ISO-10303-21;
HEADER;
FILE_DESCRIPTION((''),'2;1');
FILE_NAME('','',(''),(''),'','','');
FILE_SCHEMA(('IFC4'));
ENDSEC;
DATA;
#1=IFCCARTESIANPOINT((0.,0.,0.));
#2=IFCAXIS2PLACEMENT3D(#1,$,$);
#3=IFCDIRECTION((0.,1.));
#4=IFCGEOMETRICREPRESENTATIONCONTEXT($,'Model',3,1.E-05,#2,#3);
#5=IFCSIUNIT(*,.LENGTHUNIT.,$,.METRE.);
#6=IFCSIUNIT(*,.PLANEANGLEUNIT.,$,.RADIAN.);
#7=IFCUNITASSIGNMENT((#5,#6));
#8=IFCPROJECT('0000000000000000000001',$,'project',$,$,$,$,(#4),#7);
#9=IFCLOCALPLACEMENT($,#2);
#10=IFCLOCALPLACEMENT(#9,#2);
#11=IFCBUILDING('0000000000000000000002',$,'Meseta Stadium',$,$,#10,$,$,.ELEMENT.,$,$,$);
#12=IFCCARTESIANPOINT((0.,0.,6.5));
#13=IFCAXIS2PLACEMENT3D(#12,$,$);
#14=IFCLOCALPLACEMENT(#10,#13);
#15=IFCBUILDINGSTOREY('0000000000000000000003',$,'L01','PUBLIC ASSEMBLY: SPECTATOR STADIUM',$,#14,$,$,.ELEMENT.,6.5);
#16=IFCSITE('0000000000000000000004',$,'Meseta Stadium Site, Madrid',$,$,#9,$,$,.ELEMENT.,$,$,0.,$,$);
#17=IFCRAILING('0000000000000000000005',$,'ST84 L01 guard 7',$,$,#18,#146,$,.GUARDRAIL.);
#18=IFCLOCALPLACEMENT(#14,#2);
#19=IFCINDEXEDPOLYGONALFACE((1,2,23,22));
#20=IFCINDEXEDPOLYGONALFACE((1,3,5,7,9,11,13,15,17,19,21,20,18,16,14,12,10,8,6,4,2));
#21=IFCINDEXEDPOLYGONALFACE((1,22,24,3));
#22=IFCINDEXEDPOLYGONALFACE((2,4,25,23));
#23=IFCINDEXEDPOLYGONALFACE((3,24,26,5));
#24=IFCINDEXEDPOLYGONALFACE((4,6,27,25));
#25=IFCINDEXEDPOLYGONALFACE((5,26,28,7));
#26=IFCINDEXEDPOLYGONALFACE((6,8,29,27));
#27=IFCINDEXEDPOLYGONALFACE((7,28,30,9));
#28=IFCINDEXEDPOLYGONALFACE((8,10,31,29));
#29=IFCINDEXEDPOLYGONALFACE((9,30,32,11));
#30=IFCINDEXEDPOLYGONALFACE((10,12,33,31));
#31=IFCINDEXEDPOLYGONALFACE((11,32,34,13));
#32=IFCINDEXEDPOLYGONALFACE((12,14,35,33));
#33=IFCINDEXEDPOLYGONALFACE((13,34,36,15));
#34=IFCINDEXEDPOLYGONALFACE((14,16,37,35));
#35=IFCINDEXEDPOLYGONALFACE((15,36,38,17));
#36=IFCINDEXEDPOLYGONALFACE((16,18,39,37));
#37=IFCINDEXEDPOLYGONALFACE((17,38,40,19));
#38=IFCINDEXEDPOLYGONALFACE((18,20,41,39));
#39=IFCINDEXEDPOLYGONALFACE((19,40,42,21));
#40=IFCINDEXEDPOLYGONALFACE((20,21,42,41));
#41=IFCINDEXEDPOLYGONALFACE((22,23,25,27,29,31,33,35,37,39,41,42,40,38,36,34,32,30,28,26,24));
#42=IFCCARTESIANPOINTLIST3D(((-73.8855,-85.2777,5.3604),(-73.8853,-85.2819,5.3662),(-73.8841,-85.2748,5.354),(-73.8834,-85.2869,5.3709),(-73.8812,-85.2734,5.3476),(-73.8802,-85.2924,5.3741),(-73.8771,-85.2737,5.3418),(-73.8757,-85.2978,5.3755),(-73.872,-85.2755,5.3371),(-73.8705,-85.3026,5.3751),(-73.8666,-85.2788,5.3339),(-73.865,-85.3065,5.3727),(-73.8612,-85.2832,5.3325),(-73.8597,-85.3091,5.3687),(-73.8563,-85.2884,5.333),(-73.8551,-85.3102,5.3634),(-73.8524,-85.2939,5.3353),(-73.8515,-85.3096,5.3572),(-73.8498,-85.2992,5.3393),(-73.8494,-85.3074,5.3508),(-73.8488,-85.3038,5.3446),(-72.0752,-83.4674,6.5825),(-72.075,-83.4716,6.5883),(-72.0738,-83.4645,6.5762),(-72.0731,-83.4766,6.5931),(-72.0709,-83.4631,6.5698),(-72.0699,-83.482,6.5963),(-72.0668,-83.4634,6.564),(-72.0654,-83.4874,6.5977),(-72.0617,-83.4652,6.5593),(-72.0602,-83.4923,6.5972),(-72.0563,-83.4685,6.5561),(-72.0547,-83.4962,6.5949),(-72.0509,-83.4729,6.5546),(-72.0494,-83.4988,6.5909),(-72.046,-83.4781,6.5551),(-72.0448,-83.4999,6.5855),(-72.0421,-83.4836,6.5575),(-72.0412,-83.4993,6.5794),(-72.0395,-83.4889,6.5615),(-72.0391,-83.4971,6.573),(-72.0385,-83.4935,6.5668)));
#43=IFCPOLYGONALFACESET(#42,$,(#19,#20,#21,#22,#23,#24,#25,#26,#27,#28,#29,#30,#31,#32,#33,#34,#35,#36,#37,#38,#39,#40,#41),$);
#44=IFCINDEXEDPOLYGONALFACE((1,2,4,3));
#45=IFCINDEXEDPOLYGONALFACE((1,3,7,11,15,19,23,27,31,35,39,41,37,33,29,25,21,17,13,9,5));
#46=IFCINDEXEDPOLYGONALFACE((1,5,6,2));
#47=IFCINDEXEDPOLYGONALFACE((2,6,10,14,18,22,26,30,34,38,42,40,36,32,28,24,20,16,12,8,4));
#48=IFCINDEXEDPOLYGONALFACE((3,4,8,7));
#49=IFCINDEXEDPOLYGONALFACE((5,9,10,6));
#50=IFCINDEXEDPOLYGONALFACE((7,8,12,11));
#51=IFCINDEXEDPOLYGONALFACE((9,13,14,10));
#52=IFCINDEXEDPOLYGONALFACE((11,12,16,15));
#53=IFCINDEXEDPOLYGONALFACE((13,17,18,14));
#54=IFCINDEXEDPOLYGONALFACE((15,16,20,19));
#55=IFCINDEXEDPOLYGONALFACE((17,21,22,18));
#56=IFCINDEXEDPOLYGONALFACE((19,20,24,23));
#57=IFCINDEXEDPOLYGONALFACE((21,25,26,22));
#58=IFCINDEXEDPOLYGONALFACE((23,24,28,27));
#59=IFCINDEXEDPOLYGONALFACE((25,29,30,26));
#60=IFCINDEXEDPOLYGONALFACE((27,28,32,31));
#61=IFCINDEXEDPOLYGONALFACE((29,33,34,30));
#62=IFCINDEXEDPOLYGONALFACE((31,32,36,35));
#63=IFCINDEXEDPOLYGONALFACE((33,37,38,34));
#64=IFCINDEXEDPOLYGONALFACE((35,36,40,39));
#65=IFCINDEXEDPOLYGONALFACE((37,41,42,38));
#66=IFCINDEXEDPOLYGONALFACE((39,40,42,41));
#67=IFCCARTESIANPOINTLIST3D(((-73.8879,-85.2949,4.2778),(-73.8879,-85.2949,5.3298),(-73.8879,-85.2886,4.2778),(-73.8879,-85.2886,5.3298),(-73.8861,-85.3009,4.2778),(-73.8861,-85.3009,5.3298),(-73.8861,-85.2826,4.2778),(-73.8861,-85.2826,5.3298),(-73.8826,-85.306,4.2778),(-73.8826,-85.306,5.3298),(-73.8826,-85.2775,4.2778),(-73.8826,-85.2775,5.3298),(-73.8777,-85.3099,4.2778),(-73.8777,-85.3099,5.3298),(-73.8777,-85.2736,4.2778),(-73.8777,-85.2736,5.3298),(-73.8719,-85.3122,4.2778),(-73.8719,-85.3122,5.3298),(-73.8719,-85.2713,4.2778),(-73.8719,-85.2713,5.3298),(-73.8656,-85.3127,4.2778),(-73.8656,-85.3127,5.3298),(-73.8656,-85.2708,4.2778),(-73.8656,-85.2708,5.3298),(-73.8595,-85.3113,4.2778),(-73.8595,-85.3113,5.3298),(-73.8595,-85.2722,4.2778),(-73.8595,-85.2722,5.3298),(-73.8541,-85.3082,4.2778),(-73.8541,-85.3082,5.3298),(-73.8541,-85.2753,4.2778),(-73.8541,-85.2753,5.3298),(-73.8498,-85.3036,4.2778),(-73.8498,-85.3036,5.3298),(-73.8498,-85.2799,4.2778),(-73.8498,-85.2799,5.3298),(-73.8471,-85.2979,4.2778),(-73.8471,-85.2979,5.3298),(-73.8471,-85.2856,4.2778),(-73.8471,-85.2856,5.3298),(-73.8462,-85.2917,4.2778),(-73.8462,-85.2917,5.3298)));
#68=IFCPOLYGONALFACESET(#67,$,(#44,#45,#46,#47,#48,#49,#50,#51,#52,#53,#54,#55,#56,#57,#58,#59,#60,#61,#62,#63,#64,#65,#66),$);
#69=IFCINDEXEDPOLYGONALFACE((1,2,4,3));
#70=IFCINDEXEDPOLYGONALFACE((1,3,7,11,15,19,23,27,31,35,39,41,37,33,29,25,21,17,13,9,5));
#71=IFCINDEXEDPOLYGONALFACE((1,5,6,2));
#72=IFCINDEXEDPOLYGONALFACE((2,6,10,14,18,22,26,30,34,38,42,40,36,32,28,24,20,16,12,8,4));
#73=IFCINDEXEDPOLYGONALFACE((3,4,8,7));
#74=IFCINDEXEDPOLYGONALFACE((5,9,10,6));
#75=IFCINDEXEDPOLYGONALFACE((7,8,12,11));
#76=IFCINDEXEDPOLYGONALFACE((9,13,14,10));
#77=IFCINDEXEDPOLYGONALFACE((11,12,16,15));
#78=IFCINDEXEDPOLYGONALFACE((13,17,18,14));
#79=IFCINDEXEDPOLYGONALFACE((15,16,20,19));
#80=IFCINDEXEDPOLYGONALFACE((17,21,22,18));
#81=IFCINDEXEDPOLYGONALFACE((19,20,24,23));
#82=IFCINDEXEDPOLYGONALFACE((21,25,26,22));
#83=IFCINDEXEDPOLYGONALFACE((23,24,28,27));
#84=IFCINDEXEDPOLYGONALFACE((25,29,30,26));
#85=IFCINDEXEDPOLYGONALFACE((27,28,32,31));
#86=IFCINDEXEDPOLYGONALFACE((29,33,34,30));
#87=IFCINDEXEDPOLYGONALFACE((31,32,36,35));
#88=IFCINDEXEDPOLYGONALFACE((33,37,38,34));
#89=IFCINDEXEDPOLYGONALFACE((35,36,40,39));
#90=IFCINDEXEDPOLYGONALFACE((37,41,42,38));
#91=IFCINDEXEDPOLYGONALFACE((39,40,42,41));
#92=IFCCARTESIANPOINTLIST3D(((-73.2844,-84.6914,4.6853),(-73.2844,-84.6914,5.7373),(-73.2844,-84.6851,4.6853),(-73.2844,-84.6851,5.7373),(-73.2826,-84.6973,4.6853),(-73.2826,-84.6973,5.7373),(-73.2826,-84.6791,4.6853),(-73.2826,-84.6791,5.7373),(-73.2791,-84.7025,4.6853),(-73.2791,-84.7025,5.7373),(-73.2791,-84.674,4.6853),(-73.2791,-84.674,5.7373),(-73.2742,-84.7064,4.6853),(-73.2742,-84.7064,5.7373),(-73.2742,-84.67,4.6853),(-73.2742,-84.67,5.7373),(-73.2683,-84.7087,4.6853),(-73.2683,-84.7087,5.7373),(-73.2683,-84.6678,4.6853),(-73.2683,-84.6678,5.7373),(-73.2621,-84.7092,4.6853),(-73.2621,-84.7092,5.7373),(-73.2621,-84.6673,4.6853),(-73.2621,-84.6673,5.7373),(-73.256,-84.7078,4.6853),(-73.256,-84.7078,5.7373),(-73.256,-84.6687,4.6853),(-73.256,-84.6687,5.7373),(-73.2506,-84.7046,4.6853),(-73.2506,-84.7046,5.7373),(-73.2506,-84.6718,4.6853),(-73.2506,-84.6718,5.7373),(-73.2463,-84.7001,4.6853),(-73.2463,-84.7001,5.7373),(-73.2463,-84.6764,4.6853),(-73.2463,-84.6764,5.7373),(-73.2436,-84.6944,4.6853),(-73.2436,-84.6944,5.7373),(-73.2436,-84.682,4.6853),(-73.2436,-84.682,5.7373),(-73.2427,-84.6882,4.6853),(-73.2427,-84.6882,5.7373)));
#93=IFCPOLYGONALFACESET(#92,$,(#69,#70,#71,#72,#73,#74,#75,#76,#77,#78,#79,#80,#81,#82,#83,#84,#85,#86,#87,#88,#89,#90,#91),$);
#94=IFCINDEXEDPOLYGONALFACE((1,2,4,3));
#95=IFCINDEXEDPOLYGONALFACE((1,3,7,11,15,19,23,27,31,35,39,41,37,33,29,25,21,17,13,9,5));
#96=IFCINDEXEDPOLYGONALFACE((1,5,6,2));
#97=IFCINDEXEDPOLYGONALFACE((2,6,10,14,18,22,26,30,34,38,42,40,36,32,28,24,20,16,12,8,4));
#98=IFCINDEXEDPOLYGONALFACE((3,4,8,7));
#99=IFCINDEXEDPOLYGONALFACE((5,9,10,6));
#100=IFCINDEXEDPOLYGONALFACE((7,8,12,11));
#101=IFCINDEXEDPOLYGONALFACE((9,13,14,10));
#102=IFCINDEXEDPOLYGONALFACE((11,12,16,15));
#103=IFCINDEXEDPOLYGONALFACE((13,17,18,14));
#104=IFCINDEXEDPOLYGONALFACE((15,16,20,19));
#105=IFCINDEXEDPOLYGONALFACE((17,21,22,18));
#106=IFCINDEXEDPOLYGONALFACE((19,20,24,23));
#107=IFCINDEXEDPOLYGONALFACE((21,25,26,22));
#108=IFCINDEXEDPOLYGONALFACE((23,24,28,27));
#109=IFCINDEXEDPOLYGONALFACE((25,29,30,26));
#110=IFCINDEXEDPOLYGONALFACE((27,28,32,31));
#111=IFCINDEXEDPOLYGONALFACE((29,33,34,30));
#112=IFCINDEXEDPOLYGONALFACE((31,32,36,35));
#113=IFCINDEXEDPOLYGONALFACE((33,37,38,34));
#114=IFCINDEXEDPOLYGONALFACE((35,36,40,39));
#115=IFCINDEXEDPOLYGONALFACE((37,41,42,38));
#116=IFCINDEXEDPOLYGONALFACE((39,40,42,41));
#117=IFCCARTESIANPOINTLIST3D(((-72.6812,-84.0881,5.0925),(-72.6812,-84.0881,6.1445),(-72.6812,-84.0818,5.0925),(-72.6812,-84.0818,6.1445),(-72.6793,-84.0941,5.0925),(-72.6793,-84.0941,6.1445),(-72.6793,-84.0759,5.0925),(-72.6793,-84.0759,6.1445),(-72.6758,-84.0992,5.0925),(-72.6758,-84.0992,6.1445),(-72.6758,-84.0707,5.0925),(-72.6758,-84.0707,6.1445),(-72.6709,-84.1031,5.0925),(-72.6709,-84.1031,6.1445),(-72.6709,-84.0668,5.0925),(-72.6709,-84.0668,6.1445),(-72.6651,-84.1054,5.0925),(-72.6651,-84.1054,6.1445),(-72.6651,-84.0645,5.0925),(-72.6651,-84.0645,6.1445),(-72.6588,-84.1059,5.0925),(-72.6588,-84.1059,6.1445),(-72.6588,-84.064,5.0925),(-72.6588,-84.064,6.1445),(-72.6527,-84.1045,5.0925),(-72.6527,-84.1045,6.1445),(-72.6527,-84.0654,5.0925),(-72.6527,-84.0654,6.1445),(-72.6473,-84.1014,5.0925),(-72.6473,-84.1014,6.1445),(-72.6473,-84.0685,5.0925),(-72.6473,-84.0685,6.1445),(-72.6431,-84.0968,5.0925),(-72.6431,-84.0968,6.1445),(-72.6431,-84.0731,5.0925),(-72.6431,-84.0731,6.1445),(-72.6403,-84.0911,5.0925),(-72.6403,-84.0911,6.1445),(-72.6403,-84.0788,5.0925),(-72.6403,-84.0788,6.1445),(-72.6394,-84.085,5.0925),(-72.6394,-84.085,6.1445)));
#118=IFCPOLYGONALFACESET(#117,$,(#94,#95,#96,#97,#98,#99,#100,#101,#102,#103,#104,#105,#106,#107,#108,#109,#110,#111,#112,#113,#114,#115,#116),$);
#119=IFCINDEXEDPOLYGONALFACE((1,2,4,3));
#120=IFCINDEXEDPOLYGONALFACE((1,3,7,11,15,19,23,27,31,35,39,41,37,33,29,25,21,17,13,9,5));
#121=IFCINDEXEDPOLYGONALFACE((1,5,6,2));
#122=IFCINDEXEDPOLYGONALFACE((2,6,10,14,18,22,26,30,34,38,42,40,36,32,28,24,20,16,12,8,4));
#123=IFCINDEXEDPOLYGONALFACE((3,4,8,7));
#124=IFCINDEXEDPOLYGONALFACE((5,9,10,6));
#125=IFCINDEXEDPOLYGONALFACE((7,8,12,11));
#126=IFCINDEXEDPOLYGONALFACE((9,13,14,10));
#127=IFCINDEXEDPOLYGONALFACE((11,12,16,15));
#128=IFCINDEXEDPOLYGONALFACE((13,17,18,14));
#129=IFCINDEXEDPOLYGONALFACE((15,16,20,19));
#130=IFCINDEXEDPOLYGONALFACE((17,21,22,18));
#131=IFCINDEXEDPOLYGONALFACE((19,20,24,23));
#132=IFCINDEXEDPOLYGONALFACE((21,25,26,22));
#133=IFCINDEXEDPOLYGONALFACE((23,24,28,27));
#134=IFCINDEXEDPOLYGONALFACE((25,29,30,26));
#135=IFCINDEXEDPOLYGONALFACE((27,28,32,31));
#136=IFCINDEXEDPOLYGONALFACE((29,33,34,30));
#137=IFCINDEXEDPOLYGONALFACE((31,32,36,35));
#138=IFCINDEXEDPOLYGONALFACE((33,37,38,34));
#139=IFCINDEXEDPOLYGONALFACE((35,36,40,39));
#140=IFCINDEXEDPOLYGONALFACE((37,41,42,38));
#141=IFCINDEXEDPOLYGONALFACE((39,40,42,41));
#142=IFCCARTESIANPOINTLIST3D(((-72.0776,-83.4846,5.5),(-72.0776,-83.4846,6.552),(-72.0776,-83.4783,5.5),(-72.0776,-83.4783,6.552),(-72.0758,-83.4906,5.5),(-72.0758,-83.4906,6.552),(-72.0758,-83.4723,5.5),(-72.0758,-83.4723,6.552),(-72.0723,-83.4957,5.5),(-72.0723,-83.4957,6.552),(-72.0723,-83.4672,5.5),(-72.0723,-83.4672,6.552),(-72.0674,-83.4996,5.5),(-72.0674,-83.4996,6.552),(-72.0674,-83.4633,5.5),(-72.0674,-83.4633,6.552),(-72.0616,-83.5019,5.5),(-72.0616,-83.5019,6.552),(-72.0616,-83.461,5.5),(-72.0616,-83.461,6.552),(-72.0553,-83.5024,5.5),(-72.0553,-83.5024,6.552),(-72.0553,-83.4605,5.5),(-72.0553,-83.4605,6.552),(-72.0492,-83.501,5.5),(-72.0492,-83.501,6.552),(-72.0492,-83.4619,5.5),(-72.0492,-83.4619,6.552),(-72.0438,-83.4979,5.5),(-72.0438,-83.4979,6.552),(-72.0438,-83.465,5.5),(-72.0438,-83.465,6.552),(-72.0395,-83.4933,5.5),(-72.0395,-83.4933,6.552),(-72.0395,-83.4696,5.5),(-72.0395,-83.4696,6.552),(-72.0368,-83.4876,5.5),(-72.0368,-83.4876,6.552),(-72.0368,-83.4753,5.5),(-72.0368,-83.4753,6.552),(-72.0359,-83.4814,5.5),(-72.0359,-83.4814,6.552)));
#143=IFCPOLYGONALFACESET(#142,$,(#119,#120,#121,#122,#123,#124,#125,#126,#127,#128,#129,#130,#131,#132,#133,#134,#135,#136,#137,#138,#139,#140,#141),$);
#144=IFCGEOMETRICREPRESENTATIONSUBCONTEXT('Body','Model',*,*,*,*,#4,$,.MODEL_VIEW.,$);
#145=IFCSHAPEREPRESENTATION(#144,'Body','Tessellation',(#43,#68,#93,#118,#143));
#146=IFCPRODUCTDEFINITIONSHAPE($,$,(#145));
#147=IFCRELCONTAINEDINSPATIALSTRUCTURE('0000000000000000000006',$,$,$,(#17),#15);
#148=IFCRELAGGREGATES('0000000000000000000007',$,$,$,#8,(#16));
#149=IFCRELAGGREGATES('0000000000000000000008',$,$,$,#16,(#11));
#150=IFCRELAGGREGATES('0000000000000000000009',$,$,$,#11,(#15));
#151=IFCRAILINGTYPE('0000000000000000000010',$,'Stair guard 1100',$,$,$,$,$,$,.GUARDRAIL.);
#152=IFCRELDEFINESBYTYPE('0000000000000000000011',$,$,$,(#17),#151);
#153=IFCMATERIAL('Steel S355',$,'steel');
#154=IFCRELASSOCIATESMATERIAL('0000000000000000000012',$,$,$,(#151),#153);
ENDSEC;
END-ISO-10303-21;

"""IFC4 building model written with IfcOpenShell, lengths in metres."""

from ifc_helpers import new_model, si_unit, direction, frame, origin, origin_2d, place, context, subcontext, project, spatial, circle, extrude, material, type_object, element, save


model = new_model("IFC4")

# Units and contexts
model_context = context("Model", 3, precision=1e-05, world=origin(), true_north=direction((0.0, 1.0)))
body_context = subcontext(model_context, "Body", "Model", "MODEL_VIEW")
ifc_project = project(units=[si_unit("LENGTHUNIT", "METRE"), si_unit("PLANEANGLEUNIT", "RADIAN")], contexts=[model_context])

# Site, building, storey
site_placement = place(None, origin())
site = spatial("IfcSite", under=ifc_project, at=site_placement, Name="Meseta Stadium Site, Madrid", CompositionType="ELEMENT", RefElevation=0.0)
building_placement = place(site_placement, origin())
building = spatial("IfcBuilding", under=site, at=building_placement, Name="Meseta Stadium", CompositionType="ELEMENT")
storey_placement = place(building_placement, frame((0.0, 0.0, 6.5)))
storey = spatial("IfcBuildingStorey", under=building, at=storey_placement, Name="L01", Description="PUBLIC ASSEMBLY: SPECTATOR STADIUM", CompositionType="ELEMENT", Elevation=6.5)

# Railing
ifc_material_1 = material(Name="Steel S355", Category="steel")
railing_type_1 = type_object("IfcRailingType", Name="Stair guard 1100", PredefinedType="GUARDRAIL", material=ifc_material_1)
railing_1_placement = place(storey_placement, frame((-73.8672, -85.2917, 4.2778)))
element("IfcRailing", 1, at=railing_1_placement, inside=storey, type_object=railing_type_1, Name="ST84 L01 guard 7", PredefinedType="GUARDRAIL", context=body_context, shape_type="SweptSolid", body=[
    extrude(circle(Radius=0.0239, at=origin_2d()), frame((0.0, 0.0, 1.0762), z_axis=(0.638124, 0.638124, 0.430809), x_axis=(-0.707107, 0.707107, 0.0)), (0.0, 0.0, 1.0), 2.8369),
    extrude(circle(Radius=0.021, at=origin_2d()), origin(), (0.0, 0.0, 1.0), 1.052),
    extrude(circle(Radius=0.021, at=origin_2d()), frame((0.6035, 0.6035, 0.4075)), (0.0, 0.0, 1.0), 1.052),
    extrude(circle(Radius=0.021, at=origin_2d()), frame((1.2068, 1.2068, 0.8147)), (0.0, 0.0, 1.0), 1.052),
    extrude(circle(Radius=0.021, at=origin_2d()), frame((1.8103, 1.8103, 1.2222)), (0.0, 0.0, 1.0), 1.052),
])

save(model, "model.ifc")
